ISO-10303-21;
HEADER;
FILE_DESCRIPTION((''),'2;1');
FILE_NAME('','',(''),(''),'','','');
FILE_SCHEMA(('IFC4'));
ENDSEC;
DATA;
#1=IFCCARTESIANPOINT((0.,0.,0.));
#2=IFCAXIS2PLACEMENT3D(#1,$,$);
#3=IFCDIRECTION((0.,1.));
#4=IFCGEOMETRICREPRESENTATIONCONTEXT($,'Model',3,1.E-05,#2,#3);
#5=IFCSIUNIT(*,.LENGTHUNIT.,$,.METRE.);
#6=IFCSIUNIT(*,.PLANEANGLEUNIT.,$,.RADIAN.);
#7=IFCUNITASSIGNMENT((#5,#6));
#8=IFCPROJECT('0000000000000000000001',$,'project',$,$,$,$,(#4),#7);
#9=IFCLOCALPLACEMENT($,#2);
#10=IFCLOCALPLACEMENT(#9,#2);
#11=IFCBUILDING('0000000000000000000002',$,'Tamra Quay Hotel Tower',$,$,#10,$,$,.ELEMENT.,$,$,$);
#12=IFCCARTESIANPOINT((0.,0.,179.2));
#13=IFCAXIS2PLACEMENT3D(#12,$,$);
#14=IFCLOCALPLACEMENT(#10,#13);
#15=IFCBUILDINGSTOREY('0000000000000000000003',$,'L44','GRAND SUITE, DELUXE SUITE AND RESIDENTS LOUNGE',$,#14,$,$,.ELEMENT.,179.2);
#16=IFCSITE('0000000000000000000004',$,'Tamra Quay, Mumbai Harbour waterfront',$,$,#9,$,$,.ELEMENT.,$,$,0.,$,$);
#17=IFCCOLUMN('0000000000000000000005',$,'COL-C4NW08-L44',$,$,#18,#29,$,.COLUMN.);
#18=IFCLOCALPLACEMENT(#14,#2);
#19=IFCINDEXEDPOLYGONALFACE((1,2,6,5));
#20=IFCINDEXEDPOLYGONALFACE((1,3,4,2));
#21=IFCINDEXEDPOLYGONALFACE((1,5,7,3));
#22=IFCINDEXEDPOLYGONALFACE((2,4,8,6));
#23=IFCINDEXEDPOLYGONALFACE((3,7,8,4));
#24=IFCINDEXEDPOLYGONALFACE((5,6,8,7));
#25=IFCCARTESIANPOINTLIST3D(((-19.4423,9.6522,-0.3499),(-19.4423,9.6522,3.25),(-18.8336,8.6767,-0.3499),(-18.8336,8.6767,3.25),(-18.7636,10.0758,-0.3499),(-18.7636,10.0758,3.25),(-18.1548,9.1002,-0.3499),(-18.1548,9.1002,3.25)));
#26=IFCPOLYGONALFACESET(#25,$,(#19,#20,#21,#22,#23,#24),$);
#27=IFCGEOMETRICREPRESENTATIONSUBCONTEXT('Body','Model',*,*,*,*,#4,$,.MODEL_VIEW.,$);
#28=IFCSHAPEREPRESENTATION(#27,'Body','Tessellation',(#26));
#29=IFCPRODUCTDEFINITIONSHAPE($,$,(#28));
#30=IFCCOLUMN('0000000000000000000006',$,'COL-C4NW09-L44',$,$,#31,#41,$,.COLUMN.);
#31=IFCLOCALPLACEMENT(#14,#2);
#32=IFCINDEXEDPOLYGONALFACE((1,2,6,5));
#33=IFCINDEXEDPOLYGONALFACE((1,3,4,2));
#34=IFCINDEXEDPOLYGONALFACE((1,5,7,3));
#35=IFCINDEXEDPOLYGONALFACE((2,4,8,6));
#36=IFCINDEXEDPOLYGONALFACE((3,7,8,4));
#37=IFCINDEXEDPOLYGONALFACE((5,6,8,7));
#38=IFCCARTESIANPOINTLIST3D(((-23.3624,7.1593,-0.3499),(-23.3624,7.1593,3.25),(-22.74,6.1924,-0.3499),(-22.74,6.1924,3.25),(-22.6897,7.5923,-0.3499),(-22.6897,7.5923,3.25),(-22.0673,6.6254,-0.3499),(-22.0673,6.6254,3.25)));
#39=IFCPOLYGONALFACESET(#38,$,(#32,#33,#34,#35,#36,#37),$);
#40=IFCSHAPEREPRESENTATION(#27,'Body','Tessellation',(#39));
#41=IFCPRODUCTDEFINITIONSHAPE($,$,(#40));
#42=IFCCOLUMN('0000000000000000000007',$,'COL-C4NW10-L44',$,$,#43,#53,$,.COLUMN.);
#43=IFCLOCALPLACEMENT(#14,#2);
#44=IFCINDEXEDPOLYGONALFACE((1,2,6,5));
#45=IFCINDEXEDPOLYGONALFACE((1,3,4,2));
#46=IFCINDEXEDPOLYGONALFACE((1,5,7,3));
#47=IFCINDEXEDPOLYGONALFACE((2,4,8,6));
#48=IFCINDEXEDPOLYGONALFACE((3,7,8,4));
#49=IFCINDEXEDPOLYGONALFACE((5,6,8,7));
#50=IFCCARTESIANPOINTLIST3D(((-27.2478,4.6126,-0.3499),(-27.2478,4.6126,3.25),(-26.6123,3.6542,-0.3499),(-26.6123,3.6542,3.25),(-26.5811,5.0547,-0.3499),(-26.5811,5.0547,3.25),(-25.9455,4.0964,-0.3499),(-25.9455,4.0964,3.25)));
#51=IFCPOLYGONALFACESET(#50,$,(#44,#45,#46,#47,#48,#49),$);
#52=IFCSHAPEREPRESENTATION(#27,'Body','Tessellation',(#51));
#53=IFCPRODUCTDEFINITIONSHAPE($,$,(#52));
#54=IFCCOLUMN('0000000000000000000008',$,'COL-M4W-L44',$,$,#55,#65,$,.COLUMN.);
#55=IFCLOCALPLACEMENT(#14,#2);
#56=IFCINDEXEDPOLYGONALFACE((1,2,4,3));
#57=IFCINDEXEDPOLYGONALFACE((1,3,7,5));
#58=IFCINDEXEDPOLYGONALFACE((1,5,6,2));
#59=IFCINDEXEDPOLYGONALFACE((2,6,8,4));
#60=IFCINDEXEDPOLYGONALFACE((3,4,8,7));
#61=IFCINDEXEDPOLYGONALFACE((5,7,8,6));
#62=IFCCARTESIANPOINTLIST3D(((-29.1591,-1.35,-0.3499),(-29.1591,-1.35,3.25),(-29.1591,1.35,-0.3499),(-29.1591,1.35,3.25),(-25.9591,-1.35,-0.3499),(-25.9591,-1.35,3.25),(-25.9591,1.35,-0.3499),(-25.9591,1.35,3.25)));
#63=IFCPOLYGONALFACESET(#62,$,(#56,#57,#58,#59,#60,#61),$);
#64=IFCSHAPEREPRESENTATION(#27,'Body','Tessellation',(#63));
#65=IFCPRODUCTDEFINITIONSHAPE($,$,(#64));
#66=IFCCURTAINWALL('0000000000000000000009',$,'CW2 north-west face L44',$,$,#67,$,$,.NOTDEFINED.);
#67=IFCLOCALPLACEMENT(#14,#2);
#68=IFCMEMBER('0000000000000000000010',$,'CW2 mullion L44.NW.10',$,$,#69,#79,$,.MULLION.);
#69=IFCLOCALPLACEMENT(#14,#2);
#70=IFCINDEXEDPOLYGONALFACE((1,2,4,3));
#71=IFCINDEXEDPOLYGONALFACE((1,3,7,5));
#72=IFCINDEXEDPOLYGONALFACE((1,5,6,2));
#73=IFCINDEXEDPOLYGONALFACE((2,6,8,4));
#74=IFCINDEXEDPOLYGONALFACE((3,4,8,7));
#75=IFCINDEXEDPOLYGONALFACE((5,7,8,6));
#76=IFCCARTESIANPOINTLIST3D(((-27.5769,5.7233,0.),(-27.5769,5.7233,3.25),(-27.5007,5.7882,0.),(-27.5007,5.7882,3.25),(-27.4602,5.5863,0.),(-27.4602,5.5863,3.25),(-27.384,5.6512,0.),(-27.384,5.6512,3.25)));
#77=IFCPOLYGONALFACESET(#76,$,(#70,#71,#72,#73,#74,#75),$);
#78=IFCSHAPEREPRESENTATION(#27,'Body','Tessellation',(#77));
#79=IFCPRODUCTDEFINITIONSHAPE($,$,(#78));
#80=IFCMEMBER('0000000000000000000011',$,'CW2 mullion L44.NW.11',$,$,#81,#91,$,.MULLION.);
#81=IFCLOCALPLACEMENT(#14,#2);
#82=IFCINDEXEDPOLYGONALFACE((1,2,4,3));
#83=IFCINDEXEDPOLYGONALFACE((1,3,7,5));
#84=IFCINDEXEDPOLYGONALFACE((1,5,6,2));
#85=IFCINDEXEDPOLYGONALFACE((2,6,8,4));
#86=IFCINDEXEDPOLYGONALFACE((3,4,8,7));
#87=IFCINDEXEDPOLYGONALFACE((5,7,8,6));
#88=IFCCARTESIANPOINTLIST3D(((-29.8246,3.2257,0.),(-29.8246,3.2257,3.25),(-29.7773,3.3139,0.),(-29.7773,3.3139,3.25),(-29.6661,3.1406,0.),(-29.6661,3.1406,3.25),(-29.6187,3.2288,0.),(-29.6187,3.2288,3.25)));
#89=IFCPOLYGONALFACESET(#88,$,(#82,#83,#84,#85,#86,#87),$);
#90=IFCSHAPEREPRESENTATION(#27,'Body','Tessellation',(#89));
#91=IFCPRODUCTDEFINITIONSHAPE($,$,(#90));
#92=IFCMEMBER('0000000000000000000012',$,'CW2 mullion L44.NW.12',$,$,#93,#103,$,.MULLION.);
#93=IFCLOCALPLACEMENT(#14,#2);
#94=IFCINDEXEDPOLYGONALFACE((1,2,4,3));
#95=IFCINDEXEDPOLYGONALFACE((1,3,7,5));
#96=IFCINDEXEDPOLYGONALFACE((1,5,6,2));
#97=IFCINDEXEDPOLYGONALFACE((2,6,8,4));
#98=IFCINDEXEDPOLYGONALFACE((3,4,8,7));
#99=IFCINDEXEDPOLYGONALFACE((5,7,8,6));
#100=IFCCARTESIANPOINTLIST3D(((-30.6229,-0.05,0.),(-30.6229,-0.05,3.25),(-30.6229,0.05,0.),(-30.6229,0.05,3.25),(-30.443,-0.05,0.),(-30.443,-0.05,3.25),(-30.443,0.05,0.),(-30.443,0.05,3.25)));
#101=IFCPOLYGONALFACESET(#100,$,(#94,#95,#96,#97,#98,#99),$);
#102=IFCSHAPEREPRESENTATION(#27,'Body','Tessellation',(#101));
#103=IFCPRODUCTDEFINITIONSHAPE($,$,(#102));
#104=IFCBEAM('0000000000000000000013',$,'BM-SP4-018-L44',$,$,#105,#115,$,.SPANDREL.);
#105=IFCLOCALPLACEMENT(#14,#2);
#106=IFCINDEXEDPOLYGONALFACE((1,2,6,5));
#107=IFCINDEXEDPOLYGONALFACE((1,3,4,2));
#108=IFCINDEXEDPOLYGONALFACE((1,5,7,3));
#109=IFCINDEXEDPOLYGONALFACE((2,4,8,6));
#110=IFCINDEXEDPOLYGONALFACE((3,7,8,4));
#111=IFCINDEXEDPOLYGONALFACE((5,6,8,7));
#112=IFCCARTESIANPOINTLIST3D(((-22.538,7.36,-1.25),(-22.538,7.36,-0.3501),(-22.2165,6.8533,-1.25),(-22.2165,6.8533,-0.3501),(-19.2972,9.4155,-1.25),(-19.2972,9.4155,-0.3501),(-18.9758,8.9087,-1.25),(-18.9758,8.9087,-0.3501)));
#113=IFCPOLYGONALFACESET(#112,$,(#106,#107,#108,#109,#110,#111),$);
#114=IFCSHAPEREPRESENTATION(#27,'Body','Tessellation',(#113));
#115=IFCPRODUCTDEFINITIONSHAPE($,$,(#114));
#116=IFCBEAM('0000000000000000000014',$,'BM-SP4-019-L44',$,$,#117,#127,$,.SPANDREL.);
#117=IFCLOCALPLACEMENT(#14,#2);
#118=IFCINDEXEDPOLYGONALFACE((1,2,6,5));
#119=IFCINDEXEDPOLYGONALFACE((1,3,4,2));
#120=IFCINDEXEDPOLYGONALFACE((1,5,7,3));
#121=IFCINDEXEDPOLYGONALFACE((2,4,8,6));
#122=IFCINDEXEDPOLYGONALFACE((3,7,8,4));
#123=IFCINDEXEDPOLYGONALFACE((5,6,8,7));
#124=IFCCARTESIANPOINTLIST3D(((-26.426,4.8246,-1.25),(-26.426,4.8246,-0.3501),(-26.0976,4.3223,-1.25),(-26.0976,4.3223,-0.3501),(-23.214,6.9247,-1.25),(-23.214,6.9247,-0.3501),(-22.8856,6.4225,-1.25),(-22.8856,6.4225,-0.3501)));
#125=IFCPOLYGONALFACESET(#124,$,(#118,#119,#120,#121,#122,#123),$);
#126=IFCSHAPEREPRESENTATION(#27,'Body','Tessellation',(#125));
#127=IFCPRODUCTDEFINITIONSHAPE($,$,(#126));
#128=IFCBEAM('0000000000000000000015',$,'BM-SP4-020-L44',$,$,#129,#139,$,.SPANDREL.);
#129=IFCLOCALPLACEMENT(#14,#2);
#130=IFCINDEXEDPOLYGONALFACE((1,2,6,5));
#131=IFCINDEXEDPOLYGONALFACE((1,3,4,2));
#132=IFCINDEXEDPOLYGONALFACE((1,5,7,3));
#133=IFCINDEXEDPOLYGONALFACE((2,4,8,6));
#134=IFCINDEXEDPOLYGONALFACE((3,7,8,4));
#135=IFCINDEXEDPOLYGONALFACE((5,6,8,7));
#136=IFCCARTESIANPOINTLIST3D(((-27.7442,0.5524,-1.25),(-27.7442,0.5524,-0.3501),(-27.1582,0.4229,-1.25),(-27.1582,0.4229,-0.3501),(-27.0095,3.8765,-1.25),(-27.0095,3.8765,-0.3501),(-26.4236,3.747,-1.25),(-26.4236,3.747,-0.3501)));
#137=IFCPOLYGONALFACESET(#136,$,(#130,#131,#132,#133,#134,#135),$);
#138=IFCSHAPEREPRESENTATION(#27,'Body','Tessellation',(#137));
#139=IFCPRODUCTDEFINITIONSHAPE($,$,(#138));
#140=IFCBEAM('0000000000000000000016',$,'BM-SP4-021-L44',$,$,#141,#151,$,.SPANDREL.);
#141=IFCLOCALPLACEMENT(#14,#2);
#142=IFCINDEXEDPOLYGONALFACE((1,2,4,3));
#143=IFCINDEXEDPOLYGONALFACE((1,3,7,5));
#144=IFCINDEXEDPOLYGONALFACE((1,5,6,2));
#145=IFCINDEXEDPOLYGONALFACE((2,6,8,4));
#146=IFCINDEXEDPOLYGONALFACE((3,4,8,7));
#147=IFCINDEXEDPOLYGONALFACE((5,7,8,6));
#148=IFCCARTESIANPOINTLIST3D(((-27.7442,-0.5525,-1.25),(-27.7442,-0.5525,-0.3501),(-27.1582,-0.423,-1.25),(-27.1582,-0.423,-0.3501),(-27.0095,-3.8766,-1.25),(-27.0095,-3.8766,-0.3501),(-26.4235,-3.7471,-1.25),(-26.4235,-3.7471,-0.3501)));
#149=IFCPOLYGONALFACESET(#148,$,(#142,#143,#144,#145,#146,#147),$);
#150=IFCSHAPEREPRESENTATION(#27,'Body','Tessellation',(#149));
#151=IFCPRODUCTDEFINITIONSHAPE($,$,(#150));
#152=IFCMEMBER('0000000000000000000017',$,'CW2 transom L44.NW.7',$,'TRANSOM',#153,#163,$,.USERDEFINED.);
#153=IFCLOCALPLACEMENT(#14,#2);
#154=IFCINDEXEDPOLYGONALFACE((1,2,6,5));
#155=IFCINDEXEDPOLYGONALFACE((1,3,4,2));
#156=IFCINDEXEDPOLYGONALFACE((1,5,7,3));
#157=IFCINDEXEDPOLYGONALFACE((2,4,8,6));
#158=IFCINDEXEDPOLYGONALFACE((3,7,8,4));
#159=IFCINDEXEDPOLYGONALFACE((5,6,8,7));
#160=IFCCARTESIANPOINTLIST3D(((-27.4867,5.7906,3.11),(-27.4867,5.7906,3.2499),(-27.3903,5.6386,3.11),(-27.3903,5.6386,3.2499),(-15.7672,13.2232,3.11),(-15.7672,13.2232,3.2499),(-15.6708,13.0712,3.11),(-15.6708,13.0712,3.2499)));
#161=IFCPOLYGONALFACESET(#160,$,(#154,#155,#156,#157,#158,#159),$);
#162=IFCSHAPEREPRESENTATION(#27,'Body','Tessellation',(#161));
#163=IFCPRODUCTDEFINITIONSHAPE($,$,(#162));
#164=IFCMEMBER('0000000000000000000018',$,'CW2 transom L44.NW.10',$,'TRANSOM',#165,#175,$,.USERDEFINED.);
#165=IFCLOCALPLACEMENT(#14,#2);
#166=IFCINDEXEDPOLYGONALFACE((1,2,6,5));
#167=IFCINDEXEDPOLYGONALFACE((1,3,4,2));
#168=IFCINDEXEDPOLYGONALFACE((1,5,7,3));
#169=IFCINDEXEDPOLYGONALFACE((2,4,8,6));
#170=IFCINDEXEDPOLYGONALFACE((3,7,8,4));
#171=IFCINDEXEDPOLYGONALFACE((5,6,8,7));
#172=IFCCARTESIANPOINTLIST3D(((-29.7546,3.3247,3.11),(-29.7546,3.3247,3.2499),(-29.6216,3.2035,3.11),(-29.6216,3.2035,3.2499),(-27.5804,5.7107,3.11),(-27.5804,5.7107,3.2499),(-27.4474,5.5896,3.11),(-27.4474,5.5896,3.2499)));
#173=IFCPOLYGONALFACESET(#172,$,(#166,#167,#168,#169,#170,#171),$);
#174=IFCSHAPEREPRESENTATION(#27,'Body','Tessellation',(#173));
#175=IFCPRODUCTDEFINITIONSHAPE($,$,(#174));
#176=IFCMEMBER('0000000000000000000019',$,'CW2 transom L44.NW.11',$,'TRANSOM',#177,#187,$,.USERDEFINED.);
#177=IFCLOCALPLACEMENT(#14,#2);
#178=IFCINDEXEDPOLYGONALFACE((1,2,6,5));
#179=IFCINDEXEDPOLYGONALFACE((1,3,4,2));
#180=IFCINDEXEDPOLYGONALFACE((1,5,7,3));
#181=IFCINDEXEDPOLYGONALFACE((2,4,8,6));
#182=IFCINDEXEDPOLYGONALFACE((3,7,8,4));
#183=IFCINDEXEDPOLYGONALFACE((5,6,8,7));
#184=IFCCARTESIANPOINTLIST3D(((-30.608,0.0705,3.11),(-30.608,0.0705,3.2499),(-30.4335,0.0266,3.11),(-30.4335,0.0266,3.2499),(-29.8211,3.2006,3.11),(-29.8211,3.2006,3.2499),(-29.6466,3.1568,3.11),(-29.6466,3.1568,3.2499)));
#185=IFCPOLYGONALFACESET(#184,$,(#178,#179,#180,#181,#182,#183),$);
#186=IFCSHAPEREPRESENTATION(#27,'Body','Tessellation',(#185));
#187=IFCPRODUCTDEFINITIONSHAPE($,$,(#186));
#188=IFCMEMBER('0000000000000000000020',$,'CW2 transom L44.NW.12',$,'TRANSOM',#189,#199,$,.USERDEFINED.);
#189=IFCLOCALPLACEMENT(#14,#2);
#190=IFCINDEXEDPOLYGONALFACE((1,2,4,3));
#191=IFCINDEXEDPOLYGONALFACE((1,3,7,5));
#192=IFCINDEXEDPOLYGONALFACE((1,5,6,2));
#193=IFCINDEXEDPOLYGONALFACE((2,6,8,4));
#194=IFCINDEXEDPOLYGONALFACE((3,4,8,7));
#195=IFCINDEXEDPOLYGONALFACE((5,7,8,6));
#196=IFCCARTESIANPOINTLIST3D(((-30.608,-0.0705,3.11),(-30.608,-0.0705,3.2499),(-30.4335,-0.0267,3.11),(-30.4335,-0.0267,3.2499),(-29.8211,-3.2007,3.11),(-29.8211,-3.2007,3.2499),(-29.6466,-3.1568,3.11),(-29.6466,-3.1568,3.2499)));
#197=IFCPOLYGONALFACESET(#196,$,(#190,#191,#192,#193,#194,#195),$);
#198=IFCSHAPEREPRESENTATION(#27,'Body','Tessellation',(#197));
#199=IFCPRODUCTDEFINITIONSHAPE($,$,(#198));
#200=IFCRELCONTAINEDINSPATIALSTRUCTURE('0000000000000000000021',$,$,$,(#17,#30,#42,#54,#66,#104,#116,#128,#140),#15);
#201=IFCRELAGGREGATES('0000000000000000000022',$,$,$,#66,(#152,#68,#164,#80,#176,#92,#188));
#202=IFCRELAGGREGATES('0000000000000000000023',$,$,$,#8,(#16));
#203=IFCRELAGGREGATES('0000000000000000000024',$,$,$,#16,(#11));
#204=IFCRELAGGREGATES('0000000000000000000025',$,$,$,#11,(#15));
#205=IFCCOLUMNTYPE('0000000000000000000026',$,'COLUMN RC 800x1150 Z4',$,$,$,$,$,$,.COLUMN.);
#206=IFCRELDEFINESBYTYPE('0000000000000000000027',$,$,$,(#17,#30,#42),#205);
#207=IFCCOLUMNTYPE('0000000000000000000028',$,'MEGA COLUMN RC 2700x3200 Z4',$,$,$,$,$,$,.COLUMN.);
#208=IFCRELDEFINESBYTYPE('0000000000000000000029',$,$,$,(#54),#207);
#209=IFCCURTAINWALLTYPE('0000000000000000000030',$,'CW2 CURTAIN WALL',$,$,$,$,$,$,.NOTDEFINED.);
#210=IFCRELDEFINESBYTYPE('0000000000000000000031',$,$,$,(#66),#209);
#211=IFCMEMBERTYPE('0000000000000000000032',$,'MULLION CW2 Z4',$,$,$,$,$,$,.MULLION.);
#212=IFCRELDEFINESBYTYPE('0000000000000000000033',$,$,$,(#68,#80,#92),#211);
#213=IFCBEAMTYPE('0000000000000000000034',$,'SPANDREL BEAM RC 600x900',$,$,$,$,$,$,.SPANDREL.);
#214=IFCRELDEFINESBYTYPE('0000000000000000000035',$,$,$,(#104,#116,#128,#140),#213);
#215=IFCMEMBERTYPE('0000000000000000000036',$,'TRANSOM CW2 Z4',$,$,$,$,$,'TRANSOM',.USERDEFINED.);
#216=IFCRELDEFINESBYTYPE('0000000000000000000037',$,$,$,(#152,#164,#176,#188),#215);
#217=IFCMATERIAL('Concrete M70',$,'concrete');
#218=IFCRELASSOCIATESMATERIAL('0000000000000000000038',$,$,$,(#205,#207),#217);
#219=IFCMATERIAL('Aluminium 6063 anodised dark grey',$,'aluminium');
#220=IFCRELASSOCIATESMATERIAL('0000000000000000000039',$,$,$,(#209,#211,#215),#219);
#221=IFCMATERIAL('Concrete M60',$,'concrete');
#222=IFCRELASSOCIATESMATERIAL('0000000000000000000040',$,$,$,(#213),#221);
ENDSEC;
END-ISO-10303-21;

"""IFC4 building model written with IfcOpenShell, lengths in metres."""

from ifc_helpers import new_model, si_unit, direction, frame, origin, origin_2d, place, context, subcontext, project, spatial, rectangle, extrude, material, material_profile, profile_set, type_object, element, aggregate, save


model = new_model("IFC4")

# Units and contexts
model_context = context("Model", 3, precision=1e-05, world=origin(), true_north=direction((0.0, 1.0)))
body_context = subcontext(model_context, "Body", "Model", "MODEL_VIEW")
ifc_project = project(units=[si_unit("LENGTHUNIT", "METRE"), si_unit("PLANEANGLEUNIT", "RADIAN")], contexts=[model_context])

# Site, building, storey
site_placement = place(None, origin())
site = spatial("IfcSite", under=ifc_project, at=site_placement, Name="Tamra Quay, Mumbai Harbour waterfront", CompositionType="ELEMENT", RefElevation=0.0)
building_placement = place(site_placement, origin())
building = spatial("IfcBuilding", under=site, at=building_placement, Name="Tamra Quay Hotel Tower", CompositionType="ELEMENT")
storey_placement = place(building_placement, frame((0.0, 0.0, 179.2)))
storey = spatial("IfcBuildingStorey", under=building, at=storey_placement, Name="L44", Description="GRAND SUITE, DELUXE SUITE AND RESIDENTS LOUNGE", CompositionType="ELEMENT", Elevation=179.2)

# Columns
ifc_material_1 = material(Name="Concrete M70", Category="concrete")
ifc_material_profile_1 = material_profile(ifc_material_1, rectangle(XDim=1.1499, YDim=0.8, at=origin_2d()), Name="COLUMN RC 800x1150 Z4")
ifc_profile_set_1 = profile_set([ifc_material_profile_1], Name="Concrete M70")
column_type_1 = type_object("IfcColumnType", Name="COLUMN RC 800x1150 Z4", PredefinedType="COLUMN", material=ifc_profile_set_1)
for number, where, z_axis, x_axis, name in (
    (1, (-18.7986, 9.3762, -0.3499), (0.0, 0.0, 1.0), (-0.52941, 0.848366, 0.0), "COL-C4NW08-L44"),
    (2, (-22.7148, 6.8923, -0.3499), (0.0, 0.0, 1.0), (-0.541283, 0.840841, 0.0), "COL-C4NW09-L44"),
    (3, (-26.5967, 4.3545, -0.3499), (0.0, 0.0, 1.0), (-0.552666, 0.833403, 0.0), "COL-C4NW10-L44"),
):
    element("IfcColumn", number, at=place(storey_placement, frame(where, z_axis=z_axis, x_axis=x_axis)), inside=storey, type_object=column_type_1, Name=name, PredefinedType="COLUMN", context=body_context, shape_type="SweptSolid", body=[
        extrude(rectangle(XDim=1.1499, YDim=0.8, at=origin_2d()), origin(), (0.0, 0.0, 1.0), 3.5999),
    ])
ifc_material_profile_2 = material_profile(ifc_material_1, rectangle(XDim=3.2, YDim=2.7, at=origin_2d()), Name="MEGA COLUMN RC 2700x3200 Z4")
ifc_profile_set_2 = profile_set([ifc_material_profile_2], Name="Concrete M70")
column_type_2 = type_object("IfcColumnType", Name="MEGA COLUMN RC 2700x3200 Z4", PredefinedType="COLUMN", material=ifc_profile_set_2)
column_placement = place(storey_placement, frame((-27.5591, 0.0, -0.3499), z_axis=(0.0, 0.0, 1.0), x_axis=(1.0, 0.0, 0.0)))
element("IfcColumn", 4, at=column_placement, inside=storey, type_object=column_type_2, Name="COL-M4W-L44", PredefinedType="COLUMN", context=body_context, shape_type="SweptSolid", body=[
    extrude(rectangle(XDim=3.2, YDim=2.7, at=origin_2d()), origin(), (0.0, 0.0, 1.0), 3.5999),
])

# Curtain wall, members
ifc_material_2 = material(Name="Aluminium 6063 anodised dark grey", Category="aluminium")
curtain_wall_type = type_object("IfcCurtainWallType", Name="CW2 CURTAIN WALL", PredefinedType="NOTDEFINED", material=ifc_material_2)
curtain_wall_placement = place(storey_placement, origin())
curtain_wall = element("IfcCurtainWall", 5, at=curtain_wall_placement, inside=storey, type_object=curtain_wall_type, Name="CW2 north-west face L44", PredefinedType="NOTDEFINED")
ifc_material_profile_3 = material_profile(ifc_material_2, rectangle(XDim=0.1799, YDim=0.1001, at=origin_2d()), Name="MULLION 100X180")
ifc_profile_set_3 = profile_set([ifc_material_profile_3], Name="Aluminium 6063 anodised dark grey")
member_type_1 = type_object("IfcMemberType", Name="MULLION CW2 Z4", PredefinedType="MULLION", material=ifc_profile_set_3)
member_1_placement = place(storey_placement, frame((-27.4805, 5.6873, 0.0), z_axis=(0.0, 0.0, 1.0), x_axis=(-0.648381, 0.761316, 0.0)))
member_1 = element("IfcMember", 6, at=member_1_placement, type_object=member_type_1, Name="CW2 mullion L44.NW.10", PredefinedType="MULLION", context=body_context, shape_type="SweptSolid", body=[
    extrude(rectangle(XDim=0.1799, YDim=0.1001, at=origin_2d()), origin(), (0.0, 0.0, 1.0), 3.25),
])
member_2_placement = place(storey_placement, frame((-29.7217, 3.2273, 0.0), z_axis=(0.0, 0.0, 1.0), x_axis=(-0.881098, 0.472935, 0.0)))
member_2 = element("IfcMember", 7, at=member_2_placement, type_object=member_type_1, Name="CW2 mullion L44.NW.11", PredefinedType="MULLION", context=body_context, shape_type="SweptSolid", body=[
    extrude(rectangle(XDim=0.1799, YDim=0.1001, at=origin_2d()), origin(), (0.0, 0.0, 1.0), 3.25),
])
member_3_placement = place(storey_placement, frame((-30.533, 0.0, 0.0), z_axis=(0.0, 0.0, 1.0), x_axis=(-1.0, 0.0, 0.0)))
member_3 = element("IfcMember", 8, at=member_3_placement, type_object=member_type_1, Name="CW2 mullion L44.NW.12", PredefinedType="MULLION", context=body_context, shape_type="SweptSolid", body=[
    extrude(rectangle(XDim=0.1799, YDim=0.1001, at=origin_2d()), origin(), (0.0, 0.0, 1.0), 3.25),
])

# Beams
ifc_material_3 = material(Name="Concrete M60", Category="concrete")
ifc_material_profile_4 = material_profile(ifc_material_3, rectangle(XDim=0.6001, YDim=0.8999, at=origin_2d()), Name="SPANDREL BEAM RC 600x900")
ifc_profile_set_4 = profile_set([ifc_material_profile_4], Name="Concrete M60")
beam_type = type_object("IfcBeamType", Name="SPANDREL BEAM RC 600x900", PredefinedType="SPANDREL", material=ifc_profile_set_4)
for number, where, z_axis, x_axis, name in (
    (9, (-19.1365, 9.1621, -0.8), (-0.84447, -0.535603, 0.0), (0.535603, -0.84447, 0.0), "BM-SP4-018-L44"),
    (10, (-23.0498, 6.6736, -0.8), (-0.83697, -0.547249, 0.0), (0.547249, -0.83697, 0.0), "BM-SP4-019-L44"),
):
    element("IfcBeam", number, at=place(storey_placement, frame(where, z_axis=z_axis, x_axis=x_axis)), inside=storey, type_object=beam_type, Name=name, PredefinedType="SPANDREL", context=body_context, shape_type="SweptSolid", body=[
        extrude(rectangle(XDim=0.6001, YDim=0.8999, at=origin_2d()), origin(), (0.0, 0.0, 1.0), 3.8376),
    ])
for number, where, z_axis, x_axis, name in (
    (11, (-26.7166, 3.8118, -0.8), (-0.215799, -0.976438, 0.0), (0.976438, -0.215799, 0.0), "BM-SP4-020-L44"),
    (12, (-27.4512, -0.4878, -0.8), (0.215799, -0.976438, 0.0), (0.976438, 0.215799, 0.0), "BM-SP4-021-L44"),
):
    element("IfcBeam", number, at=place(storey_placement, frame(where, z_axis=z_axis, x_axis=x_axis)), inside=storey, type_object=beam_type, Name=name, PredefinedType="SPANDREL", context=body_context, shape_type="SweptSolid", body=[
        extrude(rectangle(XDim=0.6001, YDim=0.8999, at=origin_2d()), origin(), (0.0, 0.0, 1.0), 3.4043),
    ])

# Members
ifc_material_profile_5 = material_profile(ifc_material_2, rectangle(XDim=0.1799, YDim=0.1399, at=origin_2d()), Name="TRANSOM 180X140")
ifc_profile_set_5 = profile_set([ifc_material_profile_5], Name="Aluminium 6063 anodised dark grey")
member_type_2 = type_object("IfcMemberType", Name="TRANSOM CW2 Z4", ElementType="TRANSOM", PredefinedType="USERDEFINED", material=ifc_profile_set_5)
member_4_placement = place(storey_placement, frame((-15.719, 13.1472, 3.1799), z_axis=(-0.844484, -0.535581, 0.0), x_axis=(0.535581, -0.844484, 0.0)))
member_4 = element("IfcMember", 13, at=member_4_placement, type_object=member_type_2, Name="CW2 transom L44.NW.7", ObjectType="TRANSOM", PredefinedType="USERDEFINED", context=body_context, shape_type="SweptSolid", body=[
    extrude(rectangle(XDim=0.1799, YDim=0.1399, at=origin_2d()), origin(), (0.0, 0.0, 1.0), 13.8777),
])
member_5_placement = place(storey_placement, frame((-27.5139, 5.6501, 3.1799), z_axis=(-0.673519, -0.73917, 0.0), x_axis=(0.73917, -0.673519, 0.0)))
member_5 = element("IfcMember", 14, at=member_5_placement, type_object=member_type_2, Name="CW2 transom L44.NW.10", ObjectType="TRANSOM", PredefinedType="USERDEFINED", context=body_context, shape_type="SweptSolid", body=[
    extrude(rectangle(XDim=0.1799, YDim=0.1399, at=origin_2d()), origin(), (0.0, 0.0, 1.0), 3.228),
])
member_6_placement = place(storey_placement, frame((-29.7339, 3.1787, 3.1799), z_axis=(-0.243799, -0.969826, 0.0), x_axis=(0.969826, -0.243799, 0.0)))
member_6 = element("IfcMember", 15, at=member_6_placement, type_object=member_type_2, Name="CW2 transom L44.NW.11", ObjectType="TRANSOM", PredefinedType="USERDEFINED", context=body_context, shape_type="SweptSolid", body=[
    extrude(rectangle(XDim=0.1799, YDim=0.1399, at=origin_2d()), origin(), (0.0, 0.0, 1.0), 3.2275),
])
member_7_placement = place(storey_placement, frame((-30.5208, -0.0486, 3.1799), z_axis=(0.243799, -0.969826, 0.0), x_axis=(0.969826, 0.243799, 0.0)))
member_7 = element("IfcMember", 16, at=member_7_placement, type_object=member_type_2, Name="CW2 transom L44.NW.12", ObjectType="TRANSOM", PredefinedType="USERDEFINED", context=body_context, shape_type="SweptSolid", body=[
    extrude(rectangle(XDim=0.1799, YDim=0.1399, at=origin_2d()), origin(), (0.0, 0.0, 1.0), 3.2275),
])

aggregate(curtain_wall, [member_4, member_1, member_5, member_2, member_6, member_3, member_7])

save(model, "model.ifc")
